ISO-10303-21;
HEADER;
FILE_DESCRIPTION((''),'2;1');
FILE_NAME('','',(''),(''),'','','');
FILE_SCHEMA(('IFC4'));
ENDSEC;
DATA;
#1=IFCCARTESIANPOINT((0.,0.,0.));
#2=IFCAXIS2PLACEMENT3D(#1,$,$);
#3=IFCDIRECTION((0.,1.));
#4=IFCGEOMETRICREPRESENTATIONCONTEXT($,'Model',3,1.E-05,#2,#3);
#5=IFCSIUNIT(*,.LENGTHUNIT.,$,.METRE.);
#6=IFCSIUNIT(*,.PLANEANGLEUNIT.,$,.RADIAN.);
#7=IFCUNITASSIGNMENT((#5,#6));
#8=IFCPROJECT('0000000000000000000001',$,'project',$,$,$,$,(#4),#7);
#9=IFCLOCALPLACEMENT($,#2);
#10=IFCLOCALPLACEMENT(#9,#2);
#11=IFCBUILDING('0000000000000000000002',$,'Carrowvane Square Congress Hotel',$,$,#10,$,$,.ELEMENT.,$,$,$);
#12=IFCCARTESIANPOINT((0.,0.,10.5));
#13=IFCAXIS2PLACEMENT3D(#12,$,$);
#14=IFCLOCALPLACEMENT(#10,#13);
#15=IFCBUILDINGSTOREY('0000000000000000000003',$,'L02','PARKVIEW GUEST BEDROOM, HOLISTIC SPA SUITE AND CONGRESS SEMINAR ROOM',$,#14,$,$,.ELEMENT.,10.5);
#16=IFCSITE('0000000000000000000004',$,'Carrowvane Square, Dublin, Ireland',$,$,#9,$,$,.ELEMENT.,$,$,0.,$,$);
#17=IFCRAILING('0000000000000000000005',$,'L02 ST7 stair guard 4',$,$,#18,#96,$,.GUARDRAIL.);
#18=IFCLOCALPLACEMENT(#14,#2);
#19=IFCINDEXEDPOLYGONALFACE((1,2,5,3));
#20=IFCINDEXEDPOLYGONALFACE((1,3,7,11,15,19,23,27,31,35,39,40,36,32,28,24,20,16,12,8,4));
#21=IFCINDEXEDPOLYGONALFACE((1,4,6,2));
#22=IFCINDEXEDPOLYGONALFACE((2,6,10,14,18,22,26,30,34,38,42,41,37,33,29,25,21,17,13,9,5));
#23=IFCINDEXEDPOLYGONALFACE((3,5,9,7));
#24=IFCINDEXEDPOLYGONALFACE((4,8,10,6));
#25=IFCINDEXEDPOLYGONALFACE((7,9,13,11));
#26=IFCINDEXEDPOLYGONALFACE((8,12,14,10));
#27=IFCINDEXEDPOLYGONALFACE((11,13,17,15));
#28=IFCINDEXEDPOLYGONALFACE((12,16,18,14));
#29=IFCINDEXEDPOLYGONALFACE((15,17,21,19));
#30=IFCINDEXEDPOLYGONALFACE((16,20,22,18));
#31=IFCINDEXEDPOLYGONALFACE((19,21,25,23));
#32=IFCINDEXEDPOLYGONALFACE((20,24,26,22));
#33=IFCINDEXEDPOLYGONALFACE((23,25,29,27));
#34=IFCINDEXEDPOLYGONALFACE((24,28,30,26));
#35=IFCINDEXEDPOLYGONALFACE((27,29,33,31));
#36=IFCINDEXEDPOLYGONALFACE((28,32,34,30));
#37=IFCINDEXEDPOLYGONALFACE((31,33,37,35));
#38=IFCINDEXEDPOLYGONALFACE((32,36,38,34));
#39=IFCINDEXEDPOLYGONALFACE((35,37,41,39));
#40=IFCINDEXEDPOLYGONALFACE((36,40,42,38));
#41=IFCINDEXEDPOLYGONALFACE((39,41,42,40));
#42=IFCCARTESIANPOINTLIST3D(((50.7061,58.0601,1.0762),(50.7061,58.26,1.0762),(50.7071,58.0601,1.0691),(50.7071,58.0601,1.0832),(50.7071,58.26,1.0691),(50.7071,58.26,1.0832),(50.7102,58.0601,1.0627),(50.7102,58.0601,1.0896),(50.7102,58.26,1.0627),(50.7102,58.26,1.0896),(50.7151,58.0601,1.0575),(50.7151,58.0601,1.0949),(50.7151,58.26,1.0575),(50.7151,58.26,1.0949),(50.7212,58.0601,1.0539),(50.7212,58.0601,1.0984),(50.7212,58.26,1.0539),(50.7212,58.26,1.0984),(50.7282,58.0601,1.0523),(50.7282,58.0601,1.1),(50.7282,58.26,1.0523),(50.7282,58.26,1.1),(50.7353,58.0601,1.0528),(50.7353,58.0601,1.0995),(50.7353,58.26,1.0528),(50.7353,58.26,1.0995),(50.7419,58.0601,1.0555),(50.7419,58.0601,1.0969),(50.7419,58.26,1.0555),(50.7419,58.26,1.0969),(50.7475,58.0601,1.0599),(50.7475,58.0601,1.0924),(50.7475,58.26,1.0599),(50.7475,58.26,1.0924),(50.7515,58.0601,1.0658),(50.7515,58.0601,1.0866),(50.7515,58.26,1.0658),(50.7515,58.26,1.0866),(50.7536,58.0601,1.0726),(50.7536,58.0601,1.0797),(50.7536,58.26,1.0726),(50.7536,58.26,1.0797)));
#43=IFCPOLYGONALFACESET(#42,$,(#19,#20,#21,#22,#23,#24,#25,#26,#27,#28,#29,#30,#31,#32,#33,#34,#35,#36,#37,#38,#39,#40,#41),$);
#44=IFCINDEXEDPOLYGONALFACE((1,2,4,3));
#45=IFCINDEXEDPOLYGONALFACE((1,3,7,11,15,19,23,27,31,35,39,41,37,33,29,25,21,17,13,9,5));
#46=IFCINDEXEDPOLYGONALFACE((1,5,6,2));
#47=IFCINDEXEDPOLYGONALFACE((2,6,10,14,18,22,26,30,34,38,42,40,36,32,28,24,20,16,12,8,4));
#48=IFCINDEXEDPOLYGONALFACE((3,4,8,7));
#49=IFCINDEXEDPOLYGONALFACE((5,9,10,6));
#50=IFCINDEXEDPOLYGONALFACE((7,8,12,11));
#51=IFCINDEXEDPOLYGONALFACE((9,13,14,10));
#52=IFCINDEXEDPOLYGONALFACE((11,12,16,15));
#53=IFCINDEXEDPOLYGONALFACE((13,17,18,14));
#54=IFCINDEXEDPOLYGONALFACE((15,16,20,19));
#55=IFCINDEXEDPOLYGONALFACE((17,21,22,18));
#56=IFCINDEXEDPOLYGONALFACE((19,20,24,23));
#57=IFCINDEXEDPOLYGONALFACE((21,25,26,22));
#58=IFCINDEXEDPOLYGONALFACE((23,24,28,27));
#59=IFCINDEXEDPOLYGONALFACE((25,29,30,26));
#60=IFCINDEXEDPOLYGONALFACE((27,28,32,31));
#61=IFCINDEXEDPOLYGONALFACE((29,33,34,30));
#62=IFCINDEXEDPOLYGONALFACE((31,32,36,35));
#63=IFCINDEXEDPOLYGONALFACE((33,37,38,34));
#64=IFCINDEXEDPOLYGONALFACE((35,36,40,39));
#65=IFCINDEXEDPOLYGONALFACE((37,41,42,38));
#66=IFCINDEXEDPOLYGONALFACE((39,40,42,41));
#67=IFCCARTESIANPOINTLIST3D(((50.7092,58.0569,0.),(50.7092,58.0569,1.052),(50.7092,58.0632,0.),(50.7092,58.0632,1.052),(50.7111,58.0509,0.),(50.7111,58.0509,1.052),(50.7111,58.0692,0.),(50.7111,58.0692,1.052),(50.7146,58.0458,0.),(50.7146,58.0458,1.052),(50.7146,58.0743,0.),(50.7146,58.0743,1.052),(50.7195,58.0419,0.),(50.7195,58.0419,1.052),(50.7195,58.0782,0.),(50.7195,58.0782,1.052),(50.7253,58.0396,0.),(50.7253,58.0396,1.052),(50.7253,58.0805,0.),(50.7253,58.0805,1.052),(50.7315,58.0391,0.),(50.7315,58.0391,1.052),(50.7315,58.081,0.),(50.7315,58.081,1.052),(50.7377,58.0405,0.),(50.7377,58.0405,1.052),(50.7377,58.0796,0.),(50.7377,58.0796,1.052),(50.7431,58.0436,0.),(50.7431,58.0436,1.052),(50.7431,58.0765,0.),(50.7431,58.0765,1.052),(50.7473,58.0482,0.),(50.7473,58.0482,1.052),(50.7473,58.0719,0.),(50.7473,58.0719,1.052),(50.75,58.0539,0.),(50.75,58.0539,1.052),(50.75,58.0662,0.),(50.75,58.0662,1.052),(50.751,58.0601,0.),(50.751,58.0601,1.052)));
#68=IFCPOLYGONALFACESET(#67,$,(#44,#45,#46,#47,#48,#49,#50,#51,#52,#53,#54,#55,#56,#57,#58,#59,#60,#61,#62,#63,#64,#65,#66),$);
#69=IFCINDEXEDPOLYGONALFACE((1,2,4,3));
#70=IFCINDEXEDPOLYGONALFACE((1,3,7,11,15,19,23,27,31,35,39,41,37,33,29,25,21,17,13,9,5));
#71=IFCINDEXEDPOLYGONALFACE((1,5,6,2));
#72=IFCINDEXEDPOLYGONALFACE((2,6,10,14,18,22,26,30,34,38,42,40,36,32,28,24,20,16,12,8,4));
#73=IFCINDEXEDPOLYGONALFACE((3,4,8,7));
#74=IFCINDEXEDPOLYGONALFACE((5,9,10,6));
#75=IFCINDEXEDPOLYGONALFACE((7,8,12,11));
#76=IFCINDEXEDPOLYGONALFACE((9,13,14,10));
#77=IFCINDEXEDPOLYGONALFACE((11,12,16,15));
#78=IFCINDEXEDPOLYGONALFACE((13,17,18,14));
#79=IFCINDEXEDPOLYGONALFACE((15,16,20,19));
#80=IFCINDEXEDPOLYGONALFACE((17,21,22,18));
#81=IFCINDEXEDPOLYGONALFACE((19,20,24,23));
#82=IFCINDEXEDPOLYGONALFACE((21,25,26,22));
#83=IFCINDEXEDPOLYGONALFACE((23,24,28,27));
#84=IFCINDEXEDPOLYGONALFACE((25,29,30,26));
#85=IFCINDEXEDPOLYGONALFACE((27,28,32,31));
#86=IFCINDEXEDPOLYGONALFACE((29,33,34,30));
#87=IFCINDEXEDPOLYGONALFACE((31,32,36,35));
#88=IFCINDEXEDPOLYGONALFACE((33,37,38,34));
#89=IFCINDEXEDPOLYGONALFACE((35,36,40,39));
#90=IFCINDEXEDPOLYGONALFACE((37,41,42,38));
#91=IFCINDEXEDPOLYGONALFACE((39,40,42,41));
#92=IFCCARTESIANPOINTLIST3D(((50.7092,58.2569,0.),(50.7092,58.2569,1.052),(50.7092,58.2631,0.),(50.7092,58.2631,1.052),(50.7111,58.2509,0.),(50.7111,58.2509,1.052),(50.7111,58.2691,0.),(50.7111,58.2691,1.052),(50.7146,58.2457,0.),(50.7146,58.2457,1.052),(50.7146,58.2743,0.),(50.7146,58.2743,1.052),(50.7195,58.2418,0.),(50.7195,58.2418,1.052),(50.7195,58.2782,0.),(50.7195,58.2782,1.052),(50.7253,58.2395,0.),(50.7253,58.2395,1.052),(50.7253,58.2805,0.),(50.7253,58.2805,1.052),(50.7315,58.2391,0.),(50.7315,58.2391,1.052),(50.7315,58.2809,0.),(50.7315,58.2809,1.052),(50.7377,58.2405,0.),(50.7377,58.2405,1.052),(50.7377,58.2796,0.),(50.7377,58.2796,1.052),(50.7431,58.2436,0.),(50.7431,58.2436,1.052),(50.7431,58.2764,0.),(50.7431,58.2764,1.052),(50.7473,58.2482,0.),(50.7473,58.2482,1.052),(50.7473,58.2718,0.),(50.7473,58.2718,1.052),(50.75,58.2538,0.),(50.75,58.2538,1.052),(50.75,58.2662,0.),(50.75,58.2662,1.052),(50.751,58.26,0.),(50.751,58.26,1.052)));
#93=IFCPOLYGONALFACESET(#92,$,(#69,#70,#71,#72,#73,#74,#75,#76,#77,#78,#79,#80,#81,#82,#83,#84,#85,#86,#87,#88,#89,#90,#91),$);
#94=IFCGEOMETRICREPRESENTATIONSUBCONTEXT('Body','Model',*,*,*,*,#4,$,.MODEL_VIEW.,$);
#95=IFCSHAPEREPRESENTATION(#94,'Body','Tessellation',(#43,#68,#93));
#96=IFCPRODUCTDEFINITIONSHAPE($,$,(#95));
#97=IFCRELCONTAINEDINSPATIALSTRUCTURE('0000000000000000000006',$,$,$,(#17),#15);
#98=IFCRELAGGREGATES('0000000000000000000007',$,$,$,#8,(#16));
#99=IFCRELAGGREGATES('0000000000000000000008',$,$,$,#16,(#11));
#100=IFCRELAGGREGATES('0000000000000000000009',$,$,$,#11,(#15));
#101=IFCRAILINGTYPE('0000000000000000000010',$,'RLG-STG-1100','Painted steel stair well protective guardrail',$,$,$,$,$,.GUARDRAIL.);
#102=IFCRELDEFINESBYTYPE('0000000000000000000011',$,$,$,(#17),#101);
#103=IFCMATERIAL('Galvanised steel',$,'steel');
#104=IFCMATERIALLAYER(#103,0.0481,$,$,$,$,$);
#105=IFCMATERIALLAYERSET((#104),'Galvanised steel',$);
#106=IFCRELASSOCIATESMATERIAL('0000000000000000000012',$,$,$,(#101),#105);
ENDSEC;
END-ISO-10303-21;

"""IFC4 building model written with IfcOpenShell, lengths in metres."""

from ifc_helpers import new_model, si_unit, direction, frame, origin, origin_2d, place, context, subcontext, project, spatial, circle, extrude, material, layer, layer_set, type_object, element, save


model = new_model("IFC4")

# Units and contexts
model_context = context("Model", 3, precision=1e-05, world=origin(), true_north=direction((0.0, 1.0)))
body_context = subcontext(model_context, "Body", "Model", "MODEL_VIEW")
ifc_project = project(units=[si_unit("LENGTHUNIT", "METRE"), si_unit("PLANEANGLEUNIT", "RADIAN")], contexts=[model_context])

# Site, building, storey
site_placement = place(None, origin())
site = spatial("IfcSite", under=ifc_project, at=site_placement, Name="Carrowvane Square, Dublin, Ireland", CompositionType="ELEMENT", RefElevation=0.0)
building_placement = place(site_placement, origin())
building = spatial("IfcBuilding", under=site, at=building_placement, Name="Carrowvane Square Congress Hotel", CompositionType="ELEMENT")
storey_placement = place(building_placement, frame((0.0, 0.0, 10.5)))
storey = spatial("IfcBuildingStorey", under=building, at=storey_placement, Name="L02", Description="PARKVIEW GUEST BEDROOM, HOLISTIC SPA SUITE AND CONGRESS SEMINAR ROOM", CompositionType="ELEMENT", Elevation=10.5)

# Railing
ifc_material_1 = material(Name="Galvanised steel", Category="steel")
ifc_layer_1 = layer(ifc_material_1, 0.0481)
ifc_layer_set_1 = layer_set([ifc_layer_1], Name="Galvanised steel")
railing_type_1 = type_object("IfcRailingType", Name="RLG-STG-1100", Description="Painted steel stair well protective guardrail", PredefinedType="GUARDRAIL", material=ifc_layer_set_1)
railing_1_placement = place(storey_placement, frame((50.73, 58.0601, 0.0)))
element("IfcRailing", 1, at=railing_1_placement, inside=storey, type_object=railing_type_1, Name="L02 ST7 stair guard 4", PredefinedType="GUARDRAIL", context=body_context, shape_type="SweptSolid", body=[
    extrude(circle(Radius=0.0239, at=origin_2d()), frame((0.0, 0.0, 1.0762), z_axis=(0.0, 1.0, 0.0), x_axis=(-1.0, 0.0, 0.0)), (0.0, 0.0, 1.0), 0.2),
    extrude(circle(Radius=0.021, at=origin_2d()), origin(), (0.0, 0.0, 1.0), 1.052),
    extrude(circle(Radius=0.021, at=origin_2d()), frame((0.0, 0.2, 0.0)), (0.0, 0.0, 1.0), 1.052),
])

save(model, "model.ifc")
